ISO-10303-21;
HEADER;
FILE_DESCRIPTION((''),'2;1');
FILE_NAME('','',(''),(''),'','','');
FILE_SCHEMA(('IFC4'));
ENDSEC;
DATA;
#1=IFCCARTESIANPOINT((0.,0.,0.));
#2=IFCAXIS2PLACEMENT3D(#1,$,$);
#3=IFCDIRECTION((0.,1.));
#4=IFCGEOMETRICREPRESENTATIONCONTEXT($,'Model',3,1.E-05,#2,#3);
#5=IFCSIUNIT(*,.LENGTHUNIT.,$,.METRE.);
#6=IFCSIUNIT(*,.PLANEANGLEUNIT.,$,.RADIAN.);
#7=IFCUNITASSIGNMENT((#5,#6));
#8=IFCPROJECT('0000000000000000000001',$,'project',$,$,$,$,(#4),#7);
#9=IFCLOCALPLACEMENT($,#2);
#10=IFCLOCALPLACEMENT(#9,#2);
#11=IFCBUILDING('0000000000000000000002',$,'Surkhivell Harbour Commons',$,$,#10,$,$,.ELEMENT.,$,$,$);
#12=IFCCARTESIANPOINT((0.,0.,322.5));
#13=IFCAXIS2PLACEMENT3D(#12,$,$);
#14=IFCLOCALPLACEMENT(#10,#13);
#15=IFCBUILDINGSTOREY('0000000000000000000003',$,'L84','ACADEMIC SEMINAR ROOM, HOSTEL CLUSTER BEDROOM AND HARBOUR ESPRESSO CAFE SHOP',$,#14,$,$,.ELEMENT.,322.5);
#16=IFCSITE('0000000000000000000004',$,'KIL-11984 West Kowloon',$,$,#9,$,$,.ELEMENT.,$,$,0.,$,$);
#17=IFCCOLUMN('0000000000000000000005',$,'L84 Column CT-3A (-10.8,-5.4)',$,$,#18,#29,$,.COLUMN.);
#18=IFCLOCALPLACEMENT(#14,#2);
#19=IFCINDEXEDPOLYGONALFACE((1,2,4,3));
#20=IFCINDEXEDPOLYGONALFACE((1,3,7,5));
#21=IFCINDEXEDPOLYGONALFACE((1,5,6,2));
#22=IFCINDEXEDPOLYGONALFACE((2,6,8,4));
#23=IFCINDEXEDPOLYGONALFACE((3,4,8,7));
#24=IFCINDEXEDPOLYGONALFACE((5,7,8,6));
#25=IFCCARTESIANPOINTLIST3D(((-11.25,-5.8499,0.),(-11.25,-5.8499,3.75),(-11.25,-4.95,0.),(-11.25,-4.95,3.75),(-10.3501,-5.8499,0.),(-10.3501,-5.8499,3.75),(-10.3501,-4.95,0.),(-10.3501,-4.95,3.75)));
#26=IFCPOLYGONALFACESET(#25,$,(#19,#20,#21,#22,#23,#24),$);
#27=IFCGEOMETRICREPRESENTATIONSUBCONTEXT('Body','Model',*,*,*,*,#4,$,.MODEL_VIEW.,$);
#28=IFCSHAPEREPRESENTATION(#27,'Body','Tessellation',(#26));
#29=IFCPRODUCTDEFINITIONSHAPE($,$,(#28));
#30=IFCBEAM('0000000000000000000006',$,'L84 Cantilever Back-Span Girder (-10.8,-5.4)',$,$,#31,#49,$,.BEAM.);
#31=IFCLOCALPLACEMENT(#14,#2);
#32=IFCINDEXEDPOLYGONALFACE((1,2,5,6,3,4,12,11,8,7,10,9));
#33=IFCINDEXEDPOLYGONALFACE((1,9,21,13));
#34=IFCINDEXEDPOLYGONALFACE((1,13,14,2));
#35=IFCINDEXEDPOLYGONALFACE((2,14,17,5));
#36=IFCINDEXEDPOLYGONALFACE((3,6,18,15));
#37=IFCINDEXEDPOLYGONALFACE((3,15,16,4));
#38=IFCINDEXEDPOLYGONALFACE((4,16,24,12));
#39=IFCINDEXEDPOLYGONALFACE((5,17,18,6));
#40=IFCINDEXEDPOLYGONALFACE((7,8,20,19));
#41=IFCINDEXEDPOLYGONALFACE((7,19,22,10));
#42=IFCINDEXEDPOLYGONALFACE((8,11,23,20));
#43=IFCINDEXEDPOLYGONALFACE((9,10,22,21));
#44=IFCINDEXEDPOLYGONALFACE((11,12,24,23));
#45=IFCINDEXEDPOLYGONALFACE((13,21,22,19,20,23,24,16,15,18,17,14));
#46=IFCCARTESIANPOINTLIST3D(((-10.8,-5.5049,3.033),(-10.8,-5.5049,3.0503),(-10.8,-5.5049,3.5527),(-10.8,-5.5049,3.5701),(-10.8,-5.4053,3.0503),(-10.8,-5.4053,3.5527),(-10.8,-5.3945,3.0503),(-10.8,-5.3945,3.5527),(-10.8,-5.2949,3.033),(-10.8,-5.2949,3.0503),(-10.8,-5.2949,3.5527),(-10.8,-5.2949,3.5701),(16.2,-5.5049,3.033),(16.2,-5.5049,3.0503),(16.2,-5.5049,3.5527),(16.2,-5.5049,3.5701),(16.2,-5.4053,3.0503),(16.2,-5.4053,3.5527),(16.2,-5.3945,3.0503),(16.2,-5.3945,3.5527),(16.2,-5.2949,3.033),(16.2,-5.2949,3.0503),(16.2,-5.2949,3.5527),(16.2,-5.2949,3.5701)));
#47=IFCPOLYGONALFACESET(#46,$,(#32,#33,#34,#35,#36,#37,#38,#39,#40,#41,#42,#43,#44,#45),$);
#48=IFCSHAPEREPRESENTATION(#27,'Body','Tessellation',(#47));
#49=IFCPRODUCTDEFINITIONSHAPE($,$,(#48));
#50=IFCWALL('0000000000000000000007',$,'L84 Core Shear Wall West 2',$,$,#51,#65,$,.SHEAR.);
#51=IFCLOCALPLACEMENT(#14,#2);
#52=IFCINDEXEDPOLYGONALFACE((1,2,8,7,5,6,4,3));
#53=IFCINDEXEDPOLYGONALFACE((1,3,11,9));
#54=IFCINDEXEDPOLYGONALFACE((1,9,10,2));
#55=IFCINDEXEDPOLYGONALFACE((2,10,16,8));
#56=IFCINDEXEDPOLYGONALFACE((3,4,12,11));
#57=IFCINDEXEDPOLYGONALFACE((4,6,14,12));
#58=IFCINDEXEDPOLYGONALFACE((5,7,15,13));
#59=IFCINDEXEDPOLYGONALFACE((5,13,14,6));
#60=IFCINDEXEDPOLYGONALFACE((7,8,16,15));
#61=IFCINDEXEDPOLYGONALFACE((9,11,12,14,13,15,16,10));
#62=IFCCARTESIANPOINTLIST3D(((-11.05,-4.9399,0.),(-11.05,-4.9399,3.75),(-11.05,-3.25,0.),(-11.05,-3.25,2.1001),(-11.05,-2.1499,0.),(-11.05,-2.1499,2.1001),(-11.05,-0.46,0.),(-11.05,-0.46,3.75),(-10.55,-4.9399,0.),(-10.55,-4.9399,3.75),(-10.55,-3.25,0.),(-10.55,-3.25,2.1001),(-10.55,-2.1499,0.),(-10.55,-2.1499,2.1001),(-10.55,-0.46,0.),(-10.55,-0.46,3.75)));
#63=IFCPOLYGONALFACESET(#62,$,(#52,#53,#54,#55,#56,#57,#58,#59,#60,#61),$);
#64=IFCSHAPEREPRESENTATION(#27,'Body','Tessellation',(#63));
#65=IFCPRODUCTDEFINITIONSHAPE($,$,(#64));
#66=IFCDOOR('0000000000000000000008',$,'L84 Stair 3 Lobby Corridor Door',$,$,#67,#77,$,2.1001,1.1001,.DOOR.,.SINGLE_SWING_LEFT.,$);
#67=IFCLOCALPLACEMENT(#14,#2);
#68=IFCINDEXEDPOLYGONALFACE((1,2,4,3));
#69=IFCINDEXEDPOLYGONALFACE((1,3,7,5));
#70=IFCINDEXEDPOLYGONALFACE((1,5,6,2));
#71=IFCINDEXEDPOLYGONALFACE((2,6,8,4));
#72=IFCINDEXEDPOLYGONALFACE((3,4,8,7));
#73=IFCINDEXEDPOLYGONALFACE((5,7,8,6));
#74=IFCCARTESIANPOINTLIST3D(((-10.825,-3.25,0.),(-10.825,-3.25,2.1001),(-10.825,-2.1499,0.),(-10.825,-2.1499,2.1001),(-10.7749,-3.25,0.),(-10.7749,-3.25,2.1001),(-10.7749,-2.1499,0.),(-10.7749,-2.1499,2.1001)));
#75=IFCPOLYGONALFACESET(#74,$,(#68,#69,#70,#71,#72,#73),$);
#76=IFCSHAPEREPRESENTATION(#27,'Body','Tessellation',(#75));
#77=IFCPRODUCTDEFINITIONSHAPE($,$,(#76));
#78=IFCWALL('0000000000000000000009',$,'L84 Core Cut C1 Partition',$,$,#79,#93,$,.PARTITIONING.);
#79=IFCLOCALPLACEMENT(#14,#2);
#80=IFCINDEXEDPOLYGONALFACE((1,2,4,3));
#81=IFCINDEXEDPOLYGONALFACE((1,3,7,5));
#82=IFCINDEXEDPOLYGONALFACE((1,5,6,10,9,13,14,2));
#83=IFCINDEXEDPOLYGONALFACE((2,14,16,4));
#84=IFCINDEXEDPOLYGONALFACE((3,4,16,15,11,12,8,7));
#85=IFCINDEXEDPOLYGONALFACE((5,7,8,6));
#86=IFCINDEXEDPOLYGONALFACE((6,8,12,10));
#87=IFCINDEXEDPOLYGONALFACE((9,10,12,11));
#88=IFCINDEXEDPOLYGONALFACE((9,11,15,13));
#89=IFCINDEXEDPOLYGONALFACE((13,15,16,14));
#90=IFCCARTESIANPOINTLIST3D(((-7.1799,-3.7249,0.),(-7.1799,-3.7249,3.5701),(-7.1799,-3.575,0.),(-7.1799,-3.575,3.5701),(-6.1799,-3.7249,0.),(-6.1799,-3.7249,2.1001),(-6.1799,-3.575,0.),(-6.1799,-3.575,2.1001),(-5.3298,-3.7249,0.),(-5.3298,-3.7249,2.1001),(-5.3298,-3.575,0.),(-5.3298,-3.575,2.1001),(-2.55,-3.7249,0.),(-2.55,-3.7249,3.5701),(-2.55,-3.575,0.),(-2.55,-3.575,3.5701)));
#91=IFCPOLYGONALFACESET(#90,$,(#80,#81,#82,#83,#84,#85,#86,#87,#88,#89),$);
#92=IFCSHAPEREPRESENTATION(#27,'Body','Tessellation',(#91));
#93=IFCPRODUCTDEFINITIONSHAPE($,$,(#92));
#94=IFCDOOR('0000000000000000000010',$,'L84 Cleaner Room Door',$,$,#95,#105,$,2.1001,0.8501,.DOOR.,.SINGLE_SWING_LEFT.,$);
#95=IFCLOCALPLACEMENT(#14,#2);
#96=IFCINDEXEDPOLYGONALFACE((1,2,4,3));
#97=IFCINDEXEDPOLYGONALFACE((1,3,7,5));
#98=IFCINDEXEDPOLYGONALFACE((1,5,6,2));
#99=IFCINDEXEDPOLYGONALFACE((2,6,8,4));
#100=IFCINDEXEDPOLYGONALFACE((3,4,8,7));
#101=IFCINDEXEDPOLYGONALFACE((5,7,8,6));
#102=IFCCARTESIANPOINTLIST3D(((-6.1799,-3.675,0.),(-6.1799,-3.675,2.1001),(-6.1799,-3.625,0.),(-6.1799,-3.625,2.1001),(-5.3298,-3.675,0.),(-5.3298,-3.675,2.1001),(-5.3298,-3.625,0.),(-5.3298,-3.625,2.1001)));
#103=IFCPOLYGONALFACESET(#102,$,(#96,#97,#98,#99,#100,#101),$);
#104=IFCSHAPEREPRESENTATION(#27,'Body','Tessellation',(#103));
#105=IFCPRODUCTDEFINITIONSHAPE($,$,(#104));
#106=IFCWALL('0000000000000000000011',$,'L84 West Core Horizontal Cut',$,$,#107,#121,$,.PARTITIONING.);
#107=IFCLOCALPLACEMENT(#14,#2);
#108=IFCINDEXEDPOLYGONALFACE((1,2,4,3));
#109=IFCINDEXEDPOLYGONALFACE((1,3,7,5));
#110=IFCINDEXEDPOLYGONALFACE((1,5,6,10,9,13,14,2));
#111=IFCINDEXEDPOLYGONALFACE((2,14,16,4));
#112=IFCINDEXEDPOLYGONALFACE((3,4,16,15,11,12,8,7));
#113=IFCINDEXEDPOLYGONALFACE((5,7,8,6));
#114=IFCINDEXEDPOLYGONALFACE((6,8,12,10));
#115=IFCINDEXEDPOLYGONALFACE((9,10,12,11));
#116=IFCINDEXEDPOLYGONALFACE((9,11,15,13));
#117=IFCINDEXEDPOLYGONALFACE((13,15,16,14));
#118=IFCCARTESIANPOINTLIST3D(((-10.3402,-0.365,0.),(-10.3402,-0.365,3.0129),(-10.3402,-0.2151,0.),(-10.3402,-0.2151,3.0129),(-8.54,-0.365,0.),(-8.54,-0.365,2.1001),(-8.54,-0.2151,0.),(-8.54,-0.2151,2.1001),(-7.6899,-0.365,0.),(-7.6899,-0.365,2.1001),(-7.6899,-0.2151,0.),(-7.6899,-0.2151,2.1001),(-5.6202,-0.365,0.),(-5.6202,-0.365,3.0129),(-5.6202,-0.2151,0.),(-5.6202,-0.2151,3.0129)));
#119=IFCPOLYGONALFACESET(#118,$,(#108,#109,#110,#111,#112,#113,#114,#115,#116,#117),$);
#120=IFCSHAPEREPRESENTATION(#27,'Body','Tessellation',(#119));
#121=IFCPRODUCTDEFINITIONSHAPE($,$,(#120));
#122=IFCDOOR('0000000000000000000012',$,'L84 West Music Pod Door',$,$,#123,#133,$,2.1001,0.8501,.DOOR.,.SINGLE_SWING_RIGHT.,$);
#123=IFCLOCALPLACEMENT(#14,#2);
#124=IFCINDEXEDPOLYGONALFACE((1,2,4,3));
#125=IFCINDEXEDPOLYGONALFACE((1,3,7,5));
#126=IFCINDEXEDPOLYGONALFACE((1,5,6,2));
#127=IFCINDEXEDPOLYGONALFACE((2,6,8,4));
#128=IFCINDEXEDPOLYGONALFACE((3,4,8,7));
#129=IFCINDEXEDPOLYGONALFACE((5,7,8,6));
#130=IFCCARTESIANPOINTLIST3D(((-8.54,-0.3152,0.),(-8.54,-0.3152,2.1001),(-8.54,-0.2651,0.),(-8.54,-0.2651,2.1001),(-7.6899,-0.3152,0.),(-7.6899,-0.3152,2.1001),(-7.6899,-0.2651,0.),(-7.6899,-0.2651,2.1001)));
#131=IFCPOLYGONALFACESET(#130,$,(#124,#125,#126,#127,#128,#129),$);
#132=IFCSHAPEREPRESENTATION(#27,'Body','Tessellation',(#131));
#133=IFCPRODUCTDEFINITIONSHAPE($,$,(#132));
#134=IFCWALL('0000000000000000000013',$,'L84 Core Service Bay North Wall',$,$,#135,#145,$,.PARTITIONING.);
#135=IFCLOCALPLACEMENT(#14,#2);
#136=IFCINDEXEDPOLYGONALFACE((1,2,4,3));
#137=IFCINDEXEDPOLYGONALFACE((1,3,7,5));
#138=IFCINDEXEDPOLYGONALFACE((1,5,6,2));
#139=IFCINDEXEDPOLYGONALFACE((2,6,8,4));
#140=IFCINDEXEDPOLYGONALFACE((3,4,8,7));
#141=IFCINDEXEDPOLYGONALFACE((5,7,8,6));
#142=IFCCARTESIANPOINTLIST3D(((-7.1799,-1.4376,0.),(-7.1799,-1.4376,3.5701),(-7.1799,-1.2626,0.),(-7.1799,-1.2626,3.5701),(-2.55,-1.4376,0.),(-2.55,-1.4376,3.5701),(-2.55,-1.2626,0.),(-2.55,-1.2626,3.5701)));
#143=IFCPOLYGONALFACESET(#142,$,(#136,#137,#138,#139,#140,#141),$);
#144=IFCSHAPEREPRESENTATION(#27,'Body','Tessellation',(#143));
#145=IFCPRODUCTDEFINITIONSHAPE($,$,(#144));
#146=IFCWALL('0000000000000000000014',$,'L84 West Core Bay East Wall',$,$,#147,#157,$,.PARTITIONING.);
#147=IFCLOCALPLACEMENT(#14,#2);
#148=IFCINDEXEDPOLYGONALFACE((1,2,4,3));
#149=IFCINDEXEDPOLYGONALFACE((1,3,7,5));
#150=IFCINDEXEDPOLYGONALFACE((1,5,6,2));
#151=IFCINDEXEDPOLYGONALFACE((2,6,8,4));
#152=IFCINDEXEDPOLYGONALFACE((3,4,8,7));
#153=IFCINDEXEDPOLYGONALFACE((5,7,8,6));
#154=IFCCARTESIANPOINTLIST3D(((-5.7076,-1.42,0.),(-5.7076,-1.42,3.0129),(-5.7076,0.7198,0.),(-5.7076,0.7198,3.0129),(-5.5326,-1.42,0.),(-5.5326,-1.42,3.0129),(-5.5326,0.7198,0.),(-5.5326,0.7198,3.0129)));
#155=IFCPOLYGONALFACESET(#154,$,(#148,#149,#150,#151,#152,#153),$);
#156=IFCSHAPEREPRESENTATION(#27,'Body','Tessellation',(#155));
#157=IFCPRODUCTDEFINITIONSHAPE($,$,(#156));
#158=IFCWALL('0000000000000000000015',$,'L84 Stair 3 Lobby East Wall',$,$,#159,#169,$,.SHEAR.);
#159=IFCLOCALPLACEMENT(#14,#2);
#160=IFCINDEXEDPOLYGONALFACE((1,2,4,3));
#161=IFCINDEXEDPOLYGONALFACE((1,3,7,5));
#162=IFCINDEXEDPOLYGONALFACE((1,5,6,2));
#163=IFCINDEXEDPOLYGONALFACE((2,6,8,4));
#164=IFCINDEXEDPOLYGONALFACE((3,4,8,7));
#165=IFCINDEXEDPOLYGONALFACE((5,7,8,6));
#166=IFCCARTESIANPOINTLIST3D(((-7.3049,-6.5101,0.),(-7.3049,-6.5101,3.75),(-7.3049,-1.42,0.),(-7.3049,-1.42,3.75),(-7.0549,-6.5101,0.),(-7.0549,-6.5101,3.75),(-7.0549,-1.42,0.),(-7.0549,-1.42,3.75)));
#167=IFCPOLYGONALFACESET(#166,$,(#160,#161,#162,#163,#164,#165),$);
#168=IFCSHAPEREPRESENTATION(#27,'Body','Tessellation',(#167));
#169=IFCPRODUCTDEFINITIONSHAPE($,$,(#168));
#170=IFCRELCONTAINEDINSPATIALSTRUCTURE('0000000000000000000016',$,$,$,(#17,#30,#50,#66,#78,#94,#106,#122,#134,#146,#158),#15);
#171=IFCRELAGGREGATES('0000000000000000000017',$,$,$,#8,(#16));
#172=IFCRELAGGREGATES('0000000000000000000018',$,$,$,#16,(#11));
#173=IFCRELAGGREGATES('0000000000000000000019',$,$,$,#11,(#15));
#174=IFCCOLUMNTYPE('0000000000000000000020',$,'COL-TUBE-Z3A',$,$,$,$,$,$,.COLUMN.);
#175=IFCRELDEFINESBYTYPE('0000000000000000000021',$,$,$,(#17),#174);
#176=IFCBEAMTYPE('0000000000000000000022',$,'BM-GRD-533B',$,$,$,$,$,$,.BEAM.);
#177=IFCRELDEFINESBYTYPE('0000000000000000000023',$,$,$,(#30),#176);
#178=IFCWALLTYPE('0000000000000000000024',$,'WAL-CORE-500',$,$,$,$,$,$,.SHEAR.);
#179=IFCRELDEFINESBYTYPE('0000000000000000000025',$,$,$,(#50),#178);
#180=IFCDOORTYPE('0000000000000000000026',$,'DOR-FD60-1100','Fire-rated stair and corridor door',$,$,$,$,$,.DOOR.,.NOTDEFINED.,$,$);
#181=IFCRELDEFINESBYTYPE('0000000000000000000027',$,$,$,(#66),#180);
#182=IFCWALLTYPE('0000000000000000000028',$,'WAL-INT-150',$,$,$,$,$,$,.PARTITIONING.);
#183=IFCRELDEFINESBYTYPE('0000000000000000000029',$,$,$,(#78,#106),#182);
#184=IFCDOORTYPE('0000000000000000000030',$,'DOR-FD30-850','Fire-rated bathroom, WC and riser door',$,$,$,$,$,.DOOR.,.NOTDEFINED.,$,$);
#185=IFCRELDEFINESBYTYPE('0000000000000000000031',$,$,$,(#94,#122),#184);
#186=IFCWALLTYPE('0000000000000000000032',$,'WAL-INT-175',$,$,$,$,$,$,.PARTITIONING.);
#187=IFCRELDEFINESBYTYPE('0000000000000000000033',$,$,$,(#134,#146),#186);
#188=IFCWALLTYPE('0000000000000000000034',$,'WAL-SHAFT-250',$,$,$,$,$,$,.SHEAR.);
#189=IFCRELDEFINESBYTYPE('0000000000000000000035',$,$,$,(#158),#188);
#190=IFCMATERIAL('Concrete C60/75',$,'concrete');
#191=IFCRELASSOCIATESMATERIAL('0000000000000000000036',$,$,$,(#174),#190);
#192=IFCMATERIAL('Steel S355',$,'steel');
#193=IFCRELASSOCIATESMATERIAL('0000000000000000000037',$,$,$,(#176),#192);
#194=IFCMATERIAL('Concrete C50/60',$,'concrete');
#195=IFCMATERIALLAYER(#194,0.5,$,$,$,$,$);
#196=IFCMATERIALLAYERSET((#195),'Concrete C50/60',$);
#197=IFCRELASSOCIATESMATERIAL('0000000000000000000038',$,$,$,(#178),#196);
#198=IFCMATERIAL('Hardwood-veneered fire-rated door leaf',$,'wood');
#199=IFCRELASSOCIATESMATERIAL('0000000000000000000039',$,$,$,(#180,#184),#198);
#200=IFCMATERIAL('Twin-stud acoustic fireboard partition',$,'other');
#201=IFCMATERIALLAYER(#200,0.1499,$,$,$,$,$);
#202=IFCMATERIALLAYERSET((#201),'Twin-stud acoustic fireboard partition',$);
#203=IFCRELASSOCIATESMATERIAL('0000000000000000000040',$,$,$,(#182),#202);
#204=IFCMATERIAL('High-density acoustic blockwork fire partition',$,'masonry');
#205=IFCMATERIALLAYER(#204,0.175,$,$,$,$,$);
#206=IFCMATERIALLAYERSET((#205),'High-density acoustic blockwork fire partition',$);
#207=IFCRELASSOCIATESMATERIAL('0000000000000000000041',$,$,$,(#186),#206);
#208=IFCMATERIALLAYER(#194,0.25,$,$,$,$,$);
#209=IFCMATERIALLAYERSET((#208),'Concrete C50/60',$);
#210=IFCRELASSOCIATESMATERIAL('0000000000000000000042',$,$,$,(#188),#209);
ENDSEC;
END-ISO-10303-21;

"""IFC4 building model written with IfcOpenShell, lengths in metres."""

from ifc_helpers import new_model, si_unit, direction, frame, frame_2d, origin, origin_2d, place, context, subcontext, project, spatial, rectangle, i_section, extrude, material, layer, layer_set, material_profile, profile_set, type_object, element, fill, save


model = new_model("IFC4")

# Units and contexts
model_context = context("Model", 3, precision=1e-05, world=origin(), true_north=direction((0.0, 1.0)))
body_context = subcontext(model_context, "Body", "Model", "MODEL_VIEW")
ifc_project = project(units=[si_unit("LENGTHUNIT", "METRE"), si_unit("PLANEANGLEUNIT", "RADIAN")], contexts=[model_context])

# Site, building, storey
site_placement = place(None, origin())
site = spatial("IfcSite", under=ifc_project, at=site_placement, Name="KIL-11984 West Kowloon", CompositionType="ELEMENT", RefElevation=0.0)
building_placement = place(site_placement, origin())
building = spatial("IfcBuilding", under=site, at=building_placement, Name="Surkhivell Harbour Commons", CompositionType="ELEMENT")
storey_placement = place(building_placement, frame((0.0, 0.0, 322.5)))
storey = spatial("IfcBuildingStorey", under=building, at=storey_placement, Name="L84", Description="ACADEMIC SEMINAR ROOM, HOSTEL CLUSTER BEDROOM AND HARBOUR ESPRESSO CAFE SHOP", CompositionType="ELEMENT", Elevation=322.5)

# Column
ifc_material_1 = material(Name="Concrete C60/75", Category="concrete")
ifc_material_profile_1 = material_profile(ifc_material_1, rectangle(XDim=0.8999, YDim=0.8999, at=origin_2d()), Name="RC-COL-900x900")
ifc_profile_set_1 = profile_set([ifc_material_profile_1], Name="Concrete C60/75")
column_type = type_object("IfcColumnType", Name="COL-TUBE-Z3A", PredefinedType="COLUMN", material=ifc_profile_set_1)
column_placement = place(storey_placement, frame((-10.8, -5.3999, 0.0), z_axis=(0.0, 0.0, 1.0), x_axis=(1.0, 0.0, 0.0)))
element("IfcColumn", 1, at=column_placement, inside=storey, type_object=column_type, Name="L84 Column CT-3A (-10.8,-5.4)", PredefinedType="COLUMN", context=body_context, shape_type="SweptSolid", body=[
    extrude(rectangle(XDim=0.8999, YDim=0.8999, at=origin_2d()), origin(), (0.0, 0.0, 1.0), 3.75),
])

# Beam
ifc_material_2 = material(Name="Steel S355", Category="steel")
ifc_material_profile_2 = material_profile(ifc_material_2, i_section(OverallWidth=0.21, OverallDepth=0.5371, WebThickness=0.0107, FlangeThickness=0.0173, at=origin_2d()), Name="UB533x210x101")
ifc_profile_set_2 = profile_set([ifc_material_profile_2], Name="Steel S355")
beam_type = type_object("IfcBeamType", Name="BM-GRD-533B", PredefinedType="BEAM", material=ifc_profile_set_2)
beam_placement = place(storey_placement, frame((-10.8, -5.3999, 3.3015), z_axis=(1.0, 0.0, 0.0), x_axis=(0.0, 1.0, 0.0)))
element("IfcBeam", 2, at=beam_placement, inside=storey, type_object=beam_type, Name="L84 Cantilever Back-Span Girder (-10.8,-5.4)", PredefinedType="BEAM", context=body_context, shape_type="SweptSolid", body=[
    extrude(i_section(OverallWidth=0.21, OverallDepth=0.5371, WebThickness=0.0107, FlangeThickness=0.0173, at=origin_2d()), origin(), (0.0, 0.0, 1.0), 27.0),
])

# Walls, openings, doors
ifc_material_3 = material(Name="Concrete C50/60", Category="concrete")
ifc_layer_1 = layer(ifc_material_3, 0.5)
ifc_layer_set_1 = layer_set([ifc_layer_1], Name="Concrete C50/60")
wall_type_1 = type_object("IfcWallType", Name="WAL-CORE-500", PredefinedType="SHEAR", material=ifc_layer_set_1)
wall_1_placement = place(storey_placement, frame((-10.8, -4.9399, 0.0), z_axis=(0.0, 0.0, 1.0), x_axis=(0.0, 1.0, 0.0)))
wall_1 = element("IfcWall", 3, at=wall_1_placement, inside=storey, type_object=wall_type_1, Name="L84 Core Shear Wall West 2", PredefinedType="SHEAR", context=body_context, shape_type="SweptSolid", body=[
    extrude(rectangle(XDim=4.48, YDim=0.5, at=frame_2d((2.24, 0.0))), origin(), (0.0, 0.0, 1.0), 3.75),
])
opening_1_placement = place(wall_1_placement, frame((1.6899, 0.0, 0.0)))
opening_1 = element("IfcOpeningElement", 4, at=opening_1_placement, cuts=wall_1, PredefinedType="OPENING", context=body_context, shape_type="SweptSolid", body=[
    extrude(rectangle(XDim=1.1001, YDim=2.1001, at=frame_2d((0.55, 1.05))), frame((0.0, 0.26, 0.0), z_axis=(0.0, -1.0, 0.0), x_axis=(1.0, 0.0, 0.0)), (0.0, 0.0, 1.0), 0.52),
])
ifc_material_4 = material(Name="Hardwood-veneered fire-rated door leaf", Category="wood")
door_type_1 = type_object("IfcDoorType", Name="DOR-FD60-1100", Description="Fire-rated stair and corridor door", OperationType="NOTDEFINED", PredefinedType="DOOR", material=ifc_material_4)
door_1_placement = place(opening_1_placement, origin())
door_1 = element("IfcDoor", 5, at=door_1_placement, inside=storey, type_object=door_type_1, Name="L84 Stair 3 Lobby Corridor Door", OperationType="SINGLE_SWING_LEFT", OverallHeight=2.1001, OverallWidth=1.1001, PredefinedType="DOOR", context=body_context, shape_type="SweptSolid", body=[
    extrude(rectangle(XDim=1.1001, YDim=2.1001, at=frame_2d((0.55, 1.05))), frame((0.0, 0.0249, 0.0), z_axis=(0.0, -1.0, 0.0), x_axis=(1.0, 0.0, 0.0)), (0.0, 0.0, 1.0), 0.05),
])
fill(opening_1, door_1)
ifc_material_5 = material(Name="Twin-stud acoustic fireboard partition", Category="other")
ifc_layer_2 = layer(ifc_material_5, 0.1499)
ifc_layer_set_2 = layer_set([ifc_layer_2], Name="Twin-stud acoustic fireboard partition")
wall_type_2 = type_object("IfcWallType", Name="WAL-INT-150", PredefinedType="PARTITIONING", material=ifc_layer_set_2)
wall_2_placement = place(storey_placement, frame((-7.1799, -3.6499, 0.0), z_axis=(0.0, 0.0, 1.0), x_axis=(1.0, 0.0, 0.0)))
wall_2 = element("IfcWall", 6, at=wall_2_placement, inside=storey, type_object=wall_type_2, Name="L84 Core Cut C1 Partition", PredefinedType="PARTITIONING", context=body_context, shape_type="SweptSolid", body=[
    extrude(rectangle(XDim=4.6299, YDim=0.1499, at=frame_2d((2.3149, 0.0))), origin(), (0.0, 0.0, 1.0), 3.5701),
])
opening_2_placement = place(wall_2_placement, frame((1.0, 0.0, 0.0)))
opening_2 = element("IfcOpeningElement", 7, at=opening_2_placement, cuts=wall_2, PredefinedType="OPENING", context=body_context, shape_type="SweptSolid", body=[
    extrude(rectangle(XDim=0.8501, YDim=2.1001, at=frame_2d((0.425, 1.05))), frame((0.0, 0.085, 0.0), z_axis=(0.0, -1.0, 0.0), x_axis=(1.0, 0.0, 0.0)), (0.0, 0.0, 1.0), 0.1699),
])
door_type_2 = type_object("IfcDoorType", Name="DOR-FD30-850", Description="Fire-rated bathroom, WC and riser door", OperationType="NOTDEFINED", PredefinedType="DOOR", material=ifc_material_4)
door_2_placement = place(opening_2_placement, origin())
door_2 = element("IfcDoor", 8, at=door_2_placement, inside=storey, type_object=door_type_2, Name="L84 Cleaner Room Door", OperationType="SINGLE_SWING_LEFT", OverallHeight=2.1001, OverallWidth=0.8501, PredefinedType="DOOR", context=body_context, shape_type="SweptSolid", body=[
    extrude(rectangle(XDim=0.8501, YDim=2.1001, at=frame_2d((0.425, 1.05))), frame((0.0, 0.0249, 0.0), z_axis=(0.0, -1.0, 0.0), x_axis=(1.0, 0.0, 0.0)), (0.0, 0.0, 1.0), 0.05),
])
fill(opening_2, door_2)
wall_3_placement = place(storey_placement, frame((-10.3401, -0.29, 0.0), z_axis=(0.0, 0.0, 1.0), x_axis=(1.0, 0.0, 0.0)))
wall_3 = element("IfcWall", 9, at=wall_3_placement, inside=storey, type_object=wall_type_2, Name="L84 West Core Horizontal Cut", PredefinedType="PARTITIONING", context=body_context, shape_type="SweptSolid", body=[
    extrude(rectangle(XDim=4.72, YDim=0.1499, at=frame_2d((2.3599, 0.0))), origin(), (0.0, 0.0, 1.0), 3.0129),
])
opening_3_placement = place(wall_3_placement, frame((1.8, 0.0, 0.0)))
opening_3 = element("IfcOpeningElement", 10, at=opening_3_placement, cuts=wall_3, PredefinedType="OPENING", context=body_context, shape_type="SweptSolid", body=[
    extrude(rectangle(XDim=0.8501, YDim=2.1001, at=frame_2d((0.425, 1.05))), frame((0.0, 0.085, 0.0), z_axis=(0.0, -1.0, 0.0), x_axis=(1.0, 0.0, 0.0)), (0.0, 0.0, 1.0), 0.1699),
])
door_3_placement = place(opening_3_placement, origin())
door_3 = element("IfcDoor", 11, at=door_3_placement, inside=storey, type_object=door_type_2, Name="L84 West Music Pod Door", OperationType="SINGLE_SWING_RIGHT", OverallHeight=2.1001, OverallWidth=0.8501, PredefinedType="DOOR", context=body_context, shape_type="SweptSolid", body=[
    extrude(rectangle(XDim=0.8501, YDim=2.1001, at=frame_2d((0.425, 1.05))), frame((0.0, 0.0249, 0.0), z_axis=(0.0, -1.0, 0.0), x_axis=(1.0, 0.0, 0.0)), (0.0, 0.0, 1.0), 0.05),
])
fill(opening_3, door_3)

# Walls
ifc_material_6 = material(Name="High-density acoustic blockwork fire partition", Category="masonry")
ifc_layer_3 = layer(ifc_material_6, 0.175)
ifc_layer_set_3 = layer_set([ifc_layer_3], Name="High-density acoustic blockwork fire partition")
wall_type_3 = type_object("IfcWallType", Name="WAL-INT-175", PredefinedType="PARTITIONING", material=ifc_layer_set_3)
wall_4_placement = place(storey_placement, frame((-7.1799, -1.3501, 0.0), z_axis=(0.0, 0.0, 1.0), x_axis=(1.0, 0.0, 0.0)))
element("IfcWall", 12, at=wall_4_placement, inside=storey, type_object=wall_type_3, Name="L84 Core Service Bay North Wall", PredefinedType="PARTITIONING", context=body_context, shape_type="SweptSolid", body=[
    extrude(rectangle(XDim=4.6299, YDim=0.175, at=frame_2d((2.3149, 0.0))), origin(), (0.0, 0.0, 1.0), 3.5701),
])
wall_5_placement = place(storey_placement, frame((-5.6201, -1.4199, 0.0), z_axis=(0.0, 0.0, 1.0), x_axis=(0.0, 1.0, 0.0)))
element("IfcWall", 13, at=wall_5_placement, inside=storey, type_object=wall_type_3, Name="L84 West Core Bay East Wall", PredefinedType="PARTITIONING", context=body_context, shape_type="SweptSolid", body=[
    extrude(rectangle(XDim=2.1399, YDim=0.175, at=frame_2d((1.0698, 0.0))), origin(), (0.0, 0.0, 1.0), 3.0129),
])
ifc_layer_4 = layer(ifc_material_3, 0.25)
ifc_layer_set_4 = layer_set([ifc_layer_4], Name="Concrete C50/60")
wall_type_4 = type_object("IfcWallType", Name="WAL-SHAFT-250", PredefinedType="SHEAR", material=ifc_layer_set_4)
wall_6_placement = place(storey_placement, frame((-7.1799, -6.51, 0.0), z_axis=(0.0, 0.0, 1.0), x_axis=(0.0, 1.0, 0.0)))
element("IfcWall", 14, at=wall_6_placement, inside=storey, type_object=wall_type_4, Name="L84 Stair 3 Lobby East Wall", PredefinedType="SHEAR", context=body_context, shape_type="SweptSolid", body=[
    extrude(rectangle(XDim=5.0901, YDim=0.25, at=frame_2d((2.5449, 0.0))), origin(), (0.0, 0.0, 1.0), 3.75),
])

save(model, "model.ifc")
